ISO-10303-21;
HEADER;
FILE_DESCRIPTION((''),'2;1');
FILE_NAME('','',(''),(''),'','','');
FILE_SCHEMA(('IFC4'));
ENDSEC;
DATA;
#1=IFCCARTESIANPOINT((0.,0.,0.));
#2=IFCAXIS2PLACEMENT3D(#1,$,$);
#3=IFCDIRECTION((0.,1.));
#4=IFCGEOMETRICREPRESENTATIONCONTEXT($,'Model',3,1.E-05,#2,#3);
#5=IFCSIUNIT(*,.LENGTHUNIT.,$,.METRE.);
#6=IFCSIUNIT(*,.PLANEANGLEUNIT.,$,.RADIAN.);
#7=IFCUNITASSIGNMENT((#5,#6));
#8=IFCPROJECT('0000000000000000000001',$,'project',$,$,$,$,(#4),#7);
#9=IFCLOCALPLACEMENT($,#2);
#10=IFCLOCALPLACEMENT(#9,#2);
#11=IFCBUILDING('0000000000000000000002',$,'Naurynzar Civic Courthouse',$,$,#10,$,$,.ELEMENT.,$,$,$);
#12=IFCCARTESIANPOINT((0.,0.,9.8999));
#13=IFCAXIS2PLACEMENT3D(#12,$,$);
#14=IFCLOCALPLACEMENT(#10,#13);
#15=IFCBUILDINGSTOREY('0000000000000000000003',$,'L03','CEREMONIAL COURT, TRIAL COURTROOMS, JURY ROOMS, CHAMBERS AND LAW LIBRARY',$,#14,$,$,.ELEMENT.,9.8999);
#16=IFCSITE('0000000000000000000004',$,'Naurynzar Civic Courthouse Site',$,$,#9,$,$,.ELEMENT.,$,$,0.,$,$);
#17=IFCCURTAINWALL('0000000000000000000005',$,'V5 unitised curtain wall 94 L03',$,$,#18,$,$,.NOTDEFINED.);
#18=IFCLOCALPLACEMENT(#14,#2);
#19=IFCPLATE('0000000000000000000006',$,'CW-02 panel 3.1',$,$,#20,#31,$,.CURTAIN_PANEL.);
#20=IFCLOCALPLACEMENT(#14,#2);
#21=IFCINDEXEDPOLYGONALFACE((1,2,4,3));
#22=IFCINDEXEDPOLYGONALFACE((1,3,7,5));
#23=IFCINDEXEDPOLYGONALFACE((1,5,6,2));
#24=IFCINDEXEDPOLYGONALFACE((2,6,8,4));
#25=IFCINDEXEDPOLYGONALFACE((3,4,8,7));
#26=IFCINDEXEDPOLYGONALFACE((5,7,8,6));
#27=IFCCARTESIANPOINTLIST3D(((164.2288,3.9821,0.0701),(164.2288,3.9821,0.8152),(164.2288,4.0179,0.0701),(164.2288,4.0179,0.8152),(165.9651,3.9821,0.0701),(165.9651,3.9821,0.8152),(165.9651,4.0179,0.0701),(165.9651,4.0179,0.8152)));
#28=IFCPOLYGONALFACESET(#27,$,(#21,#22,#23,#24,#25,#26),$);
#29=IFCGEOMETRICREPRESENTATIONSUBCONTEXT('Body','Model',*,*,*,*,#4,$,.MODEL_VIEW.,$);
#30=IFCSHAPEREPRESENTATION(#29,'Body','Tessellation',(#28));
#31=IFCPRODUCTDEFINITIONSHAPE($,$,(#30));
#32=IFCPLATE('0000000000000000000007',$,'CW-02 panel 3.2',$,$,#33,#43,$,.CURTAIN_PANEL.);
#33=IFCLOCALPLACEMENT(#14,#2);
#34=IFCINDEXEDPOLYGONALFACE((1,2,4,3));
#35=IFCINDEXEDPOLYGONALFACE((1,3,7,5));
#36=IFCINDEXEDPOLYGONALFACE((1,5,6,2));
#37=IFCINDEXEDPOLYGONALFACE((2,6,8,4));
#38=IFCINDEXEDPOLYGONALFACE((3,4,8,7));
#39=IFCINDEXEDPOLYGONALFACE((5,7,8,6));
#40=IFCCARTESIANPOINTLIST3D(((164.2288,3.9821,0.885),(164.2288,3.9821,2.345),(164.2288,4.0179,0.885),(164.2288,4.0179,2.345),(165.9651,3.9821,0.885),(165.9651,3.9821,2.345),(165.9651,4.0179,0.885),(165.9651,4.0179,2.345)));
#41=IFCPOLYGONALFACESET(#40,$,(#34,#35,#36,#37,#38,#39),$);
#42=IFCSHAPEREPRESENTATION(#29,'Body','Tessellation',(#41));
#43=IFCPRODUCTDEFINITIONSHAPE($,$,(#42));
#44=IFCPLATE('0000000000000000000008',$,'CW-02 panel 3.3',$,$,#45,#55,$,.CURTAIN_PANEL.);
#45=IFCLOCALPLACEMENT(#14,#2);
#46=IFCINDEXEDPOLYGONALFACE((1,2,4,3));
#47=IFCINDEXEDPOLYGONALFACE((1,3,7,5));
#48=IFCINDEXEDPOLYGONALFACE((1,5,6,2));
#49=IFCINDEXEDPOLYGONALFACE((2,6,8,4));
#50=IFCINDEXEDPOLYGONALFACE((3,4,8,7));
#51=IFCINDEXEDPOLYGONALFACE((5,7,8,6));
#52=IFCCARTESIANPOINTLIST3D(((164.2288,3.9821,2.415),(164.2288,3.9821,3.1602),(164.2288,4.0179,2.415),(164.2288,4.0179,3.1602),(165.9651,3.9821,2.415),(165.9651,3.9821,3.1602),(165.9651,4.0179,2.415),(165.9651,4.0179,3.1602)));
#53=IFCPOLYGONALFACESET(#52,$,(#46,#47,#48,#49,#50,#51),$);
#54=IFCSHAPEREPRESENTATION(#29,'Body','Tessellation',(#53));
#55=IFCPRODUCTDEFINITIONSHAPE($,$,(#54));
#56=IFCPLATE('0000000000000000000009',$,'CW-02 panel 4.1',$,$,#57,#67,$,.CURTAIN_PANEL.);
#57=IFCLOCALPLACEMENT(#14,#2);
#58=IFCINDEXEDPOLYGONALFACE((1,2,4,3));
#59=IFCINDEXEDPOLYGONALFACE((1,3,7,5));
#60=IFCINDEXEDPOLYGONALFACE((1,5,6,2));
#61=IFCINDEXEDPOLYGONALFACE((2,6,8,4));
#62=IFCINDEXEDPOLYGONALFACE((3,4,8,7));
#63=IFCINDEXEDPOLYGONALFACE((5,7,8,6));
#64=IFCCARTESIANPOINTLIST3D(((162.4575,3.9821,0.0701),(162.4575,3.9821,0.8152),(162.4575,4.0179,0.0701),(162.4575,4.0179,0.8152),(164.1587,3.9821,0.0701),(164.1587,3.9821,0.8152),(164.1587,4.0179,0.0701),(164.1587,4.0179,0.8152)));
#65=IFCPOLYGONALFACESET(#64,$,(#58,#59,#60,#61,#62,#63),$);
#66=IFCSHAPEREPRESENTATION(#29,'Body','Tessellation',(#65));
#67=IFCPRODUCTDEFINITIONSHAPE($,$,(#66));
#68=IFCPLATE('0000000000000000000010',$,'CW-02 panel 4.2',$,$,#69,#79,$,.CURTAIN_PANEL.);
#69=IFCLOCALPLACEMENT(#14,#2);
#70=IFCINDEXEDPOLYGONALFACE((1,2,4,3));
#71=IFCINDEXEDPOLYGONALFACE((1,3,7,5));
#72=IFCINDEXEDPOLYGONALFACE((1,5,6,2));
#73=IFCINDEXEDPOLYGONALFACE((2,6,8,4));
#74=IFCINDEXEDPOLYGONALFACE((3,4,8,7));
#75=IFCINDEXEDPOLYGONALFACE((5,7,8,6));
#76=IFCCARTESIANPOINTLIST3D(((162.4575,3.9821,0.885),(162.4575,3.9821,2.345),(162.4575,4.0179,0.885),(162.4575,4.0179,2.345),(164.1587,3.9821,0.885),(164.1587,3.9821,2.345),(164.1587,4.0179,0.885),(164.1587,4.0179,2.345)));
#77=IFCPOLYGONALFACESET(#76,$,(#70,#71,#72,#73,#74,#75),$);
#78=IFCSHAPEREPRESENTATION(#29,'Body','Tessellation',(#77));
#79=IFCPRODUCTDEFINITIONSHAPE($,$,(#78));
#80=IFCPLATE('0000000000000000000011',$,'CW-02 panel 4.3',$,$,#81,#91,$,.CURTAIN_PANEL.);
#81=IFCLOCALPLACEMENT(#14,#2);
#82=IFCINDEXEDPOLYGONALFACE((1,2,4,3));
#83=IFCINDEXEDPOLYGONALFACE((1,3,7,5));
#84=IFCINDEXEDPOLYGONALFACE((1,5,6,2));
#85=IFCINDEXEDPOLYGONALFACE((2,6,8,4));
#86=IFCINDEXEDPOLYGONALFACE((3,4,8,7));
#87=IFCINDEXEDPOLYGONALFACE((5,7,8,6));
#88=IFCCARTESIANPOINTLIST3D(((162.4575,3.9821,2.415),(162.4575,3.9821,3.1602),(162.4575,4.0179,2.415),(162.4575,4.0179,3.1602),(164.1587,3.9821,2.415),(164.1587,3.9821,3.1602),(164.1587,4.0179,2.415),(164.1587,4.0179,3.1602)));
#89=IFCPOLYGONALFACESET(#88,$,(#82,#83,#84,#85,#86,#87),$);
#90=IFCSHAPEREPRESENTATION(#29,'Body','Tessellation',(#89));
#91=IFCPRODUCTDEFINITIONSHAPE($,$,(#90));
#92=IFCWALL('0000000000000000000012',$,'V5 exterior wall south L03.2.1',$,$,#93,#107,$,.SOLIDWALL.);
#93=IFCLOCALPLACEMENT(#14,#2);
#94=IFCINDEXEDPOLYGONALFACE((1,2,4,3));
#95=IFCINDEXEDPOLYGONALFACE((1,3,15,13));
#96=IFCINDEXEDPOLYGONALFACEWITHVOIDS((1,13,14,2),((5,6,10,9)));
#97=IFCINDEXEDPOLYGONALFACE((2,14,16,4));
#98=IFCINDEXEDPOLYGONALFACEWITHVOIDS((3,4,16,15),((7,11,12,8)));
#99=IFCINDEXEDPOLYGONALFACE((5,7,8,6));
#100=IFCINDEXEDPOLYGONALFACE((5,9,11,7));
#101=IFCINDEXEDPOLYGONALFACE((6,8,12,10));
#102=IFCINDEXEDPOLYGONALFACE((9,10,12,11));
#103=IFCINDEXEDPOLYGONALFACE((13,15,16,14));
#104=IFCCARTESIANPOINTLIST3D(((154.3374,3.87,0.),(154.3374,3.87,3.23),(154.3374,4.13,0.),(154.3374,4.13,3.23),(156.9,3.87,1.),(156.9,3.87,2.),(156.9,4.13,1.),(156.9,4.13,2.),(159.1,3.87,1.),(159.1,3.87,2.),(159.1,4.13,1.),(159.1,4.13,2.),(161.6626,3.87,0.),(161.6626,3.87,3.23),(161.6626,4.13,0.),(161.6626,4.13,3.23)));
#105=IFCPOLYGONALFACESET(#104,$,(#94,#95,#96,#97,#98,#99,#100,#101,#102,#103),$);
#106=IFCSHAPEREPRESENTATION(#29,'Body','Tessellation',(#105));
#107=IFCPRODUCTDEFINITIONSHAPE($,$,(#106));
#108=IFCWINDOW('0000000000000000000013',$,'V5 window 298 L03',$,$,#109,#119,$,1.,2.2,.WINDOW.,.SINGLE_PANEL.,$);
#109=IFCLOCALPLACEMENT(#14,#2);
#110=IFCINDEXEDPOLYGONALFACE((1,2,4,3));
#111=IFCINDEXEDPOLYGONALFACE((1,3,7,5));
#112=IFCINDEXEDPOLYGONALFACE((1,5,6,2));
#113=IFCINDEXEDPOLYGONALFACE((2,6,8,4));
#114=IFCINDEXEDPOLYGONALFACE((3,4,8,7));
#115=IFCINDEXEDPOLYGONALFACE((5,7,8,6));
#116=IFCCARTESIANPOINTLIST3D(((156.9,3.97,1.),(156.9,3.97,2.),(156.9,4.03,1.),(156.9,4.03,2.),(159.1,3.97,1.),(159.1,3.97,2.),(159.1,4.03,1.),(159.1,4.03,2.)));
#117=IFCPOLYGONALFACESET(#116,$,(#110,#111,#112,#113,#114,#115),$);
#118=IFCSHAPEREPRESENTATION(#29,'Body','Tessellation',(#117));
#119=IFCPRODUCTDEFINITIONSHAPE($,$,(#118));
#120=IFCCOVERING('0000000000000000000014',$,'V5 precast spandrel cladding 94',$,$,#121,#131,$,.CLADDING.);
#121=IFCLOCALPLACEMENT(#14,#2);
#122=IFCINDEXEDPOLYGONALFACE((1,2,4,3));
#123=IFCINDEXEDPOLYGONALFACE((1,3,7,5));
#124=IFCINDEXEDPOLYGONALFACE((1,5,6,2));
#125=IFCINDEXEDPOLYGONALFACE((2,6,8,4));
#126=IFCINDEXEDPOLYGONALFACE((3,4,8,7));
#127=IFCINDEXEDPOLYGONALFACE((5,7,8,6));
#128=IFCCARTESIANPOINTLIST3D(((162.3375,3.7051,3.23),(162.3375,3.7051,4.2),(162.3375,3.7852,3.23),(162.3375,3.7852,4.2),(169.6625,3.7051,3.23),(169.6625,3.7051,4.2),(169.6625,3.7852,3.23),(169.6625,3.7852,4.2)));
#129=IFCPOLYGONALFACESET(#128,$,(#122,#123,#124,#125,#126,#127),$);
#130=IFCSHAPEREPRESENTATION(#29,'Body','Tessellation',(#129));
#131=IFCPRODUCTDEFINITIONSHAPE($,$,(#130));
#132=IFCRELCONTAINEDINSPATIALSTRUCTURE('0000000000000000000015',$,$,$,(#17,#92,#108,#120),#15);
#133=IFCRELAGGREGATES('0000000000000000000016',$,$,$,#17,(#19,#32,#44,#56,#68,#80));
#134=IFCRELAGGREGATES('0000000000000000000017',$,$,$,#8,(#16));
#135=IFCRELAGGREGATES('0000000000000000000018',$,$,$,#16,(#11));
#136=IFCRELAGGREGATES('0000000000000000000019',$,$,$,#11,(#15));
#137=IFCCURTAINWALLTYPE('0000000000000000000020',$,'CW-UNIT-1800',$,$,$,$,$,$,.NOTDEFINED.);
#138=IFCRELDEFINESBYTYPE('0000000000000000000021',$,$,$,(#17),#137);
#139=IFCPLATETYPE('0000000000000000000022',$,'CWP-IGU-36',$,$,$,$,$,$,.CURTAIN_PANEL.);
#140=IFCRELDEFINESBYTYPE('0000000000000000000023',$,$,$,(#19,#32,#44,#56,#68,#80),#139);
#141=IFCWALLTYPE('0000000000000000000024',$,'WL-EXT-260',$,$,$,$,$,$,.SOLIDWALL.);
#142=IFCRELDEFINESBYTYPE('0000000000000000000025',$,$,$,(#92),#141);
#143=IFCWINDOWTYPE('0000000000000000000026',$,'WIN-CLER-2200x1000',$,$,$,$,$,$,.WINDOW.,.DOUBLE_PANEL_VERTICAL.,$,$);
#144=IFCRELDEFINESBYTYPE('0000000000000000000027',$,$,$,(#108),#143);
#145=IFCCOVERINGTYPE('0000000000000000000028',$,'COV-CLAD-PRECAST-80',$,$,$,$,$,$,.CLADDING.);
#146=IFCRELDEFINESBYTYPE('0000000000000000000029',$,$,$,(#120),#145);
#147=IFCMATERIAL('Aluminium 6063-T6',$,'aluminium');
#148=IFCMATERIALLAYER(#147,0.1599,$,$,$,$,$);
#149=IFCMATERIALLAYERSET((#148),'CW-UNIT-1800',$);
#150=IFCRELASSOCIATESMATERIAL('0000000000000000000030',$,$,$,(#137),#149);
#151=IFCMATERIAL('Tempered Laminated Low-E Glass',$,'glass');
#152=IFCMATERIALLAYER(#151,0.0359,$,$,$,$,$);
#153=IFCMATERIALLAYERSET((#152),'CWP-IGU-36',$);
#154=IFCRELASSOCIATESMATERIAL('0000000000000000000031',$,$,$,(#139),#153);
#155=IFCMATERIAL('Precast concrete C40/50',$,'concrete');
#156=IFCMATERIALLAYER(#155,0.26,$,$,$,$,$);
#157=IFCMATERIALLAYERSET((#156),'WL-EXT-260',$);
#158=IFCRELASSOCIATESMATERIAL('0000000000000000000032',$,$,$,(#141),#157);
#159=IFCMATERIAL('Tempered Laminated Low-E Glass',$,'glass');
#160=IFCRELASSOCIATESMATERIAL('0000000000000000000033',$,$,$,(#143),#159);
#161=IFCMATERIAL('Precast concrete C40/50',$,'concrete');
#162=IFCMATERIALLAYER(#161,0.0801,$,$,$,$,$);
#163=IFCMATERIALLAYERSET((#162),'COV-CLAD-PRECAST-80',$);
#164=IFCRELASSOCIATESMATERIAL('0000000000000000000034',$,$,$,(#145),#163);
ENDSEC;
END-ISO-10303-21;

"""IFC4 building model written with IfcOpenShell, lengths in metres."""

from ifc_helpers import new_model, si_unit, direction, frame, frame_2d, origin, origin_2d, place, context, subcontext, project, spatial, rectangle, extrude, material, layer, layer_set, type_object, element, fill, aggregate, save


model = new_model("IFC4")

# Units and contexts
model_context = context("Model", 3, precision=1e-05, world=origin(), true_north=direction((0.0, 1.0)))
body_context = subcontext(model_context, "Body", "Model", "MODEL_VIEW")
ifc_project = project(units=[si_unit("LENGTHUNIT", "METRE"), si_unit("PLANEANGLEUNIT", "RADIAN")], contexts=[model_context])

# Site, building, storey
site_placement = place(None, origin())
site = spatial("IfcSite", under=ifc_project, at=site_placement, Name="Naurynzar Civic Courthouse Site", CompositionType="ELEMENT", RefElevation=0.0)
building_placement = place(site_placement, origin())
building = spatial("IfcBuilding", under=site, at=building_placement, Name="Naurynzar Civic Courthouse", CompositionType="ELEMENT")
storey_placement = place(building_placement, frame((0.0, 0.0, 9.8999)))
storey = spatial("IfcBuildingStorey", under=building, at=storey_placement, Name="L03", Description="CEREMONIAL COURT, TRIAL COURTROOMS, JURY ROOMS, CHAMBERS AND LAW LIBRARY", CompositionType="ELEMENT", Elevation=9.8999)

# Curtain wall, plates
ifc_material_1 = material(Name="Aluminium 6063-T6", Category="aluminium")
ifc_layer_1 = layer(ifc_material_1, 0.1599)
ifc_layer_set_1 = layer_set([ifc_layer_1], Name="CW-UNIT-1800")
curtain_wall_type = type_object("IfcCurtainWallType", Name="CW-UNIT-1800", PredefinedType="NOTDEFINED", material=ifc_layer_set_1)
curtain_wall_placement = place(storey_placement, origin())
curtain_wall = element("IfcCurtainWall", 1, at=curtain_wall_placement, inside=storey, type_object=curtain_wall_type, Name="V5 unitised curtain wall 94 L03", PredefinedType="NOTDEFINED")
ifc_material_2 = material(Name="Tempered Laminated Low-E Glass", Category="glass")
ifc_layer_2 = layer(ifc_material_2, 0.0359)
ifc_layer_set_2 = layer_set([ifc_layer_2], Name="CWP-IGU-36")
plate_type = type_object("IfcPlateType", Name="CWP-IGU-36", PredefinedType="CURTAIN_PANEL", material=ifc_layer_set_2)
plate_1_placement = place(storey_placement, frame((165.0969, 4.0, 0.0701), z_axis=(0.0, 0.0, 1.0), x_axis=(-1.0, 0.0, 0.0)))
plate_1 = element("IfcPlate", 2, at=plate_1_placement, type_object=plate_type, Name="CW-02 panel 3.1", PredefinedType="CURTAIN_PANEL", context=body_context, shape_type="SweptSolid", body=[
    extrude(rectangle(XDim=1.7363, YDim=0.0359, at=origin_2d()), origin(), (0.0, 0.0, 1.0), 0.7451),
])
plate_2_placement = place(storey_placement, frame((165.0969, 4.0, 0.885), z_axis=(0.0, 0.0, 1.0), x_axis=(-1.0, 0.0, 0.0)))
plate_2 = element("IfcPlate", 3, at=plate_2_placement, type_object=plate_type, Name="CW-02 panel 3.2", PredefinedType="CURTAIN_PANEL", context=body_context, shape_type="SweptSolid", body=[
    extrude(rectangle(XDim=1.7363, YDim=0.0359, at=origin_2d()), origin(), (0.0, 0.0, 1.0), 1.46),
])
plate_3_placement = place(storey_placement, frame((165.0969, 4.0, 2.415), z_axis=(0.0, 0.0, 1.0), x_axis=(-1.0, 0.0, 0.0)))
plate_3 = element("IfcPlate", 4, at=plate_3_placement, type_object=plate_type, Name="CW-02 panel 3.3", PredefinedType="CURTAIN_PANEL", context=body_context, shape_type="SweptSolid", body=[
    extrude(rectangle(XDim=1.7363, YDim=0.0359, at=origin_2d()), origin(), (0.0, 0.0, 1.0), 0.7451),
])
plate_4_placement = place(storey_placement, frame((163.3081, 4.0, 0.0701), z_axis=(0.0, 0.0, 1.0), x_axis=(-1.0, 0.0, 0.0)))
plate_4 = element("IfcPlate", 5, at=plate_4_placement, type_object=plate_type, Name="CW-02 panel 4.1", PredefinedType="CURTAIN_PANEL", context=body_context, shape_type="SweptSolid", body=[
    extrude(rectangle(XDim=1.7012, YDim=0.0359, at=origin_2d()), origin(), (0.0, 0.0, 1.0), 0.7451),
])
plate_5_placement = place(storey_placement, frame((163.3081, 4.0, 0.885), z_axis=(0.0, 0.0, 1.0), x_axis=(-1.0, 0.0, 0.0)))
plate_5 = element("IfcPlate", 6, at=plate_5_placement, type_object=plate_type, Name="CW-02 panel 4.2", PredefinedType="CURTAIN_PANEL", context=body_context, shape_type="SweptSolid", body=[
    extrude(rectangle(XDim=1.7012, YDim=0.0359, at=origin_2d()), origin(), (0.0, 0.0, 1.0), 1.46),
])
plate_6_placement = place(storey_placement, frame((163.3081, 4.0, 2.415), z_axis=(0.0, 0.0, 1.0), x_axis=(-1.0, 0.0, 0.0)))
plate_6 = element("IfcPlate", 7, at=plate_6_placement, type_object=plate_type, Name="CW-02 panel 4.3", PredefinedType="CURTAIN_PANEL", context=body_context, shape_type="SweptSolid", body=[
    extrude(rectangle(XDim=1.7012, YDim=0.0359, at=origin_2d()), origin(), (0.0, 0.0, 1.0), 0.7451),
])
aggregate(curtain_wall, [plate_1, plate_2, plate_3, plate_4, plate_5, plate_6])

# Wall, opening, window
ifc_material_3 = material(Name="Precast concrete C40/50", Category="concrete")
ifc_layer_3 = layer(ifc_material_3, 0.26)
ifc_layer_set_3 = layer_set([ifc_layer_3], Name="WL-EXT-260")
wall_type = type_object("IfcWallType", Name="WL-EXT-260", PredefinedType="SOLIDWALL", material=ifc_layer_set_3)
wall_placement = place(storey_placement, frame((161.6626, 4.0, 0.0), z_axis=(0.0, 0.0, 1.0), x_axis=(-1.0, 0.0, 0.0)))
wall = element("IfcWall", 8, at=wall_placement, inside=storey, type_object=wall_type, Name="V5 exterior wall south L03.2.1", PredefinedType="SOLIDWALL", context=body_context, shape_type="SweptSolid", body=[
    extrude(rectangle(XDim=7.3252, YDim=0.26, at=frame_2d((3.6626, 0.0))), origin(), (0.0, 0.0, 1.0), 3.23),
])
opening_placement = place(wall_placement, frame((2.5625, 0.0, 1.0)))
opening = element("IfcOpeningElement", 9, at=opening_placement, cuts=wall, PredefinedType="OPENING", context=body_context, shape_type="SweptSolid", body=[
    extrude(rectangle(XDim=2.2, YDim=1.0, at=frame_2d((1.1001, 0.5))), frame((0.0, 0.1399, 0.0), z_axis=(0.0, -1.0, 0.0), x_axis=(1.0, 0.0, 0.0)), (0.0, 0.0, 1.0), 0.28),
])
ifc_material_4 = material(Name="Tempered Laminated Low-E Glass", Category="glass")
window_type = type_object("IfcWindowType", Name="WIN-CLER-2200x1000", PartitioningType="DOUBLE_PANEL_VERTICAL", PredefinedType="WINDOW", material=ifc_material_4)
window_placement = place(opening_placement, origin())
window = element("IfcWindow", 10, at=window_placement, inside=storey, type_object=window_type, Name="V5 window 298 L03", OverallHeight=1.0, OverallWidth=2.2, PartitioningType="SINGLE_PANEL", PredefinedType="WINDOW", context=body_context, shape_type="SweptSolid", body=[
    extrude(rectangle(XDim=2.2, YDim=1.0, at=frame_2d((1.1001, 0.5))), frame((0.0, 0.03, 0.0), z_axis=(0.0, -1.0, 0.0), x_axis=(1.0, 0.0, 0.0)), (0.0, 0.0, 1.0), 0.0601),
])
fill(opening, window)

# Covering
ifc_material_5 = material(Name="Precast concrete C40/50", Category="concrete")
ifc_layer_4 = layer(ifc_material_5, 0.0801)
ifc_layer_set_4 = layer_set([ifc_layer_4], Name="COV-CLAD-PRECAST-80")
covering_type = type_object("IfcCoveringType", Name="COV-CLAD-PRECAST-80", PredefinedType="CLADDING", material=ifc_layer_set_4)
covering_placement = place(storey_placement, frame((166.0, 3.7451, 3.23), z_axis=(0.0, 0.0, 1.0), x_axis=(-1.0, 0.0, 0.0)))
element("IfcCovering", 11, at=covering_placement, inside=storey, type_object=covering_type, Name="V5 precast spandrel cladding 94", PredefinedType="CLADDING", context=body_context, shape_type="SweptSolid", body=[
    extrude(rectangle(XDim=7.325, YDim=0.0801, at=origin_2d()), origin(), (0.0, 0.0, 1.0), 0.97),
])

save(model, "model.ifc")
